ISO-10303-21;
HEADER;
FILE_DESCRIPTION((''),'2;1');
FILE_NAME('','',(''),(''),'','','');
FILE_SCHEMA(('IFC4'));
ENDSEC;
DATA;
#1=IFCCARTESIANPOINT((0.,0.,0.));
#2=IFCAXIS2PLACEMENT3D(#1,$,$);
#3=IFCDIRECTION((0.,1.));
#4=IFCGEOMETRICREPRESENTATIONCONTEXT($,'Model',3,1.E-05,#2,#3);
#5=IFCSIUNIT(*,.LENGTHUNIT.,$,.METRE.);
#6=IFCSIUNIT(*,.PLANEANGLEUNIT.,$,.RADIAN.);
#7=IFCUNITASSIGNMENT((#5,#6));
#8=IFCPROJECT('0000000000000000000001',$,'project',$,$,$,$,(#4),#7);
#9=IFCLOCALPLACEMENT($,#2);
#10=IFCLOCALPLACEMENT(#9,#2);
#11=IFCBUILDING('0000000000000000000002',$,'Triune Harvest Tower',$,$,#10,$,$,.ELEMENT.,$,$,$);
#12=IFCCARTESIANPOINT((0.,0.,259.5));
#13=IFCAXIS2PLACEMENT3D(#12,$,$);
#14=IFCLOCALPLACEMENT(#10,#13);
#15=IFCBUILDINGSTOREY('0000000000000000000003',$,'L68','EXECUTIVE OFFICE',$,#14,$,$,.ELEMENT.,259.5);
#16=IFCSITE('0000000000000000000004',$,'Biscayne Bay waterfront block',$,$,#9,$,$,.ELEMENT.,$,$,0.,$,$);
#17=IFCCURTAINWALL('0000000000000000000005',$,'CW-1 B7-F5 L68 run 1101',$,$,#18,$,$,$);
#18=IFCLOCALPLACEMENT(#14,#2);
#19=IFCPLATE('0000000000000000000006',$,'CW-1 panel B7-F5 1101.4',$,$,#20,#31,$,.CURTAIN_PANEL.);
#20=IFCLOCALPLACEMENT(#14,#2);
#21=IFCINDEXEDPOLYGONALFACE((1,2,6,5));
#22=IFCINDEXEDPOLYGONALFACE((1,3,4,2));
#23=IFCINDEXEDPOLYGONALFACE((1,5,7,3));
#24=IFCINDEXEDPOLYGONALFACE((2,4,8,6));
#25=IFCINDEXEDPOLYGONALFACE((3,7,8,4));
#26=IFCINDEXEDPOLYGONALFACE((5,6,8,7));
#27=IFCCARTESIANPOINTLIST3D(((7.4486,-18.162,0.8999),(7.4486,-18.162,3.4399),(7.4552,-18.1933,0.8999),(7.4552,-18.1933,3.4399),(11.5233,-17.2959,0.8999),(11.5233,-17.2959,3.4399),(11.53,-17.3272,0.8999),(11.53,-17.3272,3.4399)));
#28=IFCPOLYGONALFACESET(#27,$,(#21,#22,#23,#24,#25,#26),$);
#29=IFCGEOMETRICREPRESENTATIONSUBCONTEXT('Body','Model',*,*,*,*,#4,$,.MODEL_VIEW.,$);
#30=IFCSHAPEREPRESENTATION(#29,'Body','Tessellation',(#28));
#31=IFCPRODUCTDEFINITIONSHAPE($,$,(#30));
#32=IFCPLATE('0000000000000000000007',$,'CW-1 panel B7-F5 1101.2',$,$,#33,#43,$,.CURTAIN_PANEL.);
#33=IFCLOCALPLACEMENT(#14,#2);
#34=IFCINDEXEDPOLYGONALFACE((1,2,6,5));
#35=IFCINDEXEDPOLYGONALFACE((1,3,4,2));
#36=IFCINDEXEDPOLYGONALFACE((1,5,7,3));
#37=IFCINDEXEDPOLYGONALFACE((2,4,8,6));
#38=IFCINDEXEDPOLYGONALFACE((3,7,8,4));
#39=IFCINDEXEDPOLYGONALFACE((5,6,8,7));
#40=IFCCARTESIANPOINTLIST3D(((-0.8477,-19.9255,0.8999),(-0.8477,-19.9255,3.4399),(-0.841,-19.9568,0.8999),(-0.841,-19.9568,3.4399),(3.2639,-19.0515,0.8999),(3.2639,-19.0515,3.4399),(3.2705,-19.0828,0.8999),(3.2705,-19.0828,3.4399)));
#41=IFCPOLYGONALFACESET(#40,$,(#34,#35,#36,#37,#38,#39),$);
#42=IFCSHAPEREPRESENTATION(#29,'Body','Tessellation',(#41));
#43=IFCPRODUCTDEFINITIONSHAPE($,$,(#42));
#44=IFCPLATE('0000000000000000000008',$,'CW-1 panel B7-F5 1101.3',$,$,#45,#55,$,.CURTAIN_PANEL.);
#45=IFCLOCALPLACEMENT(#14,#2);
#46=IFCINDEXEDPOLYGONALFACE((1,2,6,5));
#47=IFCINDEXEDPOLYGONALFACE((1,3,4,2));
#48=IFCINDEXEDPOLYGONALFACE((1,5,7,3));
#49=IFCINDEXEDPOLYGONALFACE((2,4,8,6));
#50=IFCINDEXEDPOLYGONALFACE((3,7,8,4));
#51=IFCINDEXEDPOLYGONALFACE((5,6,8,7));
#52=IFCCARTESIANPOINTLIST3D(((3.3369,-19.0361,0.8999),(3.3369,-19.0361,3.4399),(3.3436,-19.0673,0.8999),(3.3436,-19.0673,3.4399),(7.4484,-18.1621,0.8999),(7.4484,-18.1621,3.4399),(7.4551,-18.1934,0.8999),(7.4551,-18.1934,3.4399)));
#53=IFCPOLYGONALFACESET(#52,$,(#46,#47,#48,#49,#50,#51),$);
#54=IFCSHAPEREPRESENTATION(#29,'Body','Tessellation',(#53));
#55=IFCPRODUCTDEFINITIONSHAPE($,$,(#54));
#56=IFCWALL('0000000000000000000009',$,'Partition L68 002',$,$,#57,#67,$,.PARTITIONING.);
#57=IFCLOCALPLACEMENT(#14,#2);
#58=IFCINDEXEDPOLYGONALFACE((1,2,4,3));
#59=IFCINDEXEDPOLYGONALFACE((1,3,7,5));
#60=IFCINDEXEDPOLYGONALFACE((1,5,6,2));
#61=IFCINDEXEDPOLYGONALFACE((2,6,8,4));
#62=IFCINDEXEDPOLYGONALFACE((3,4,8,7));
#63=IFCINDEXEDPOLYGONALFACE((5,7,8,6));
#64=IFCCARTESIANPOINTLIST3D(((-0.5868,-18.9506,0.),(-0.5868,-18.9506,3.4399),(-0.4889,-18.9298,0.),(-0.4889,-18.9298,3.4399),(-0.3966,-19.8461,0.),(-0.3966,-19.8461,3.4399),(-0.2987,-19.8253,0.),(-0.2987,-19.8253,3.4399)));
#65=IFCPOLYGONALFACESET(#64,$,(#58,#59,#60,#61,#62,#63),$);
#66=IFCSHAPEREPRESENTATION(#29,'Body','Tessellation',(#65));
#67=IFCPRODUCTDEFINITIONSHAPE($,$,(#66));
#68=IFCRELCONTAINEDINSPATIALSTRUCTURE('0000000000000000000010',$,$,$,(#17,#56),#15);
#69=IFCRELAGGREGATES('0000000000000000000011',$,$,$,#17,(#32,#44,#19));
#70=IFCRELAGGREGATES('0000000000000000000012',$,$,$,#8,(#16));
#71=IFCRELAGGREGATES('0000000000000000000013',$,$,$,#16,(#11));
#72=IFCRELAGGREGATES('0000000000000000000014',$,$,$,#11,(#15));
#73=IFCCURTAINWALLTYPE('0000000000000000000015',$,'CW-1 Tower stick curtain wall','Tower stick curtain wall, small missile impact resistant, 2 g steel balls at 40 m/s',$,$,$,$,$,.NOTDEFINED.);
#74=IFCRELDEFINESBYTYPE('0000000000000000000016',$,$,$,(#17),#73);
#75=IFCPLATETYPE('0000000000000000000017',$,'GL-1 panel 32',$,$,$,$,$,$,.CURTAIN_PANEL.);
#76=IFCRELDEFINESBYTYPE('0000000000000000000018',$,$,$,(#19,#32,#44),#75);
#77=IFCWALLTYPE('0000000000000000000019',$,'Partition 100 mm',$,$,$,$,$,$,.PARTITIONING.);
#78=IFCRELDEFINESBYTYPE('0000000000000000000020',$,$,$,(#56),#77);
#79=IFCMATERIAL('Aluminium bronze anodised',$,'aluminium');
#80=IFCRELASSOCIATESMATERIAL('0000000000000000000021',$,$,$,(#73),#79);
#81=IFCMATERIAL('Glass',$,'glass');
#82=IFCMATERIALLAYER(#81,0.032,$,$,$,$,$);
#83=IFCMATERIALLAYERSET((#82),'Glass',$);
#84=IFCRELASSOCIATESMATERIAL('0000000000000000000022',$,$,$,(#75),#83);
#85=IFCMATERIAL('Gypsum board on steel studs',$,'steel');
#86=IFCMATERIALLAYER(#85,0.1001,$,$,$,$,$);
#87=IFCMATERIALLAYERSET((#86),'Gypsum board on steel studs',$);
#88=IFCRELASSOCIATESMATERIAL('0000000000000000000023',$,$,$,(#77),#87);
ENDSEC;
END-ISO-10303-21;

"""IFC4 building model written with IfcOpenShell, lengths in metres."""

from ifc_helpers import new_model, si_unit, direction, frame, frame_2d, origin, origin_2d, place, context, subcontext, project, spatial, rectangle, extrude, source, transform, mapped, material, layer, layer_set, type_object, element, aggregate, save


model = new_model("IFC4")

# Units and contexts
model_context = context("Model", 3, precision=1e-05, world=origin(), true_north=direction((0.0, 1.0)))
body_context = subcontext(model_context, "Body", "Model", "MODEL_VIEW")
ifc_project = project(units=[si_unit("LENGTHUNIT", "METRE"), si_unit("PLANEANGLEUNIT", "RADIAN")], contexts=[model_context])

# Site, building, storey
site_placement = place(None, origin())
site = spatial("IfcSite", under=ifc_project, at=site_placement, Name="Biscayne Bay waterfront block", CompositionType="ELEMENT", RefElevation=0.0)
building_placement = place(site_placement, origin())
building = spatial("IfcBuilding", under=site, at=building_placement, Name="Triune Harvest Tower", CompositionType="ELEMENT")
storey_placement = place(building_placement, frame((0.0, 0.0, 259.5)))
storey = spatial("IfcBuildingStorey", under=building, at=storey_placement, Name="L68", Description="EXECUTIVE OFFICE", CompositionType="ELEMENT", Elevation=259.5)

# Curtain wall
ifc_material_1 = material(Name="Aluminium bronze anodised", Category="aluminium")
curtain_wall_type_1 = type_object("IfcCurtainWallType", Name="CW-1 Tower stick curtain wall", Description="Tower stick curtain wall, small missile impact resistant, 2 g steel balls at 40 m/s", PredefinedType="NOTDEFINED", material=ifc_material_1)
curtain_wall_1_placement = place(storey_placement, origin())
curtain_wall_1 = element("IfcCurtainWall", 1, at=curtain_wall_1_placement, inside=storey, type_object=curtain_wall_type_1, Name="CW-1 B7-F5 L68 run 1101")

# Plates
ifc_material_2 = material(Name="Glass", Category="glass")
ifc_layer_1 = layer(ifc_material_2, 0.032)
ifc_layer_set_1 = layer_set([ifc_layer_1], Name="Glass")
plate_type_1 = type_object("IfcPlateType", Name="GL-1 panel 32", PredefinedType="CURTAIN_PANEL", material=ifc_layer_set_1)
shared_shape_1 = source(origin(), body_context, "Body", "SweptSolid", [
    extrude(rectangle(XDim=4.1658, YDim=0.032, at=origin_2d()), origin(), (0.0, 0.0, 1.0), 2.54),
])
plate_1_placement = place(storey_placement, frame((9.4893, -17.7446, 0.8999), z_axis=(0.0, 0.0, 1.0), x_axis=(0.978148, 0.20791, 0.0)))
plate_1 = element("IfcPlate", 2, at=plate_1_placement, type_object=plate_type_1, Name="CW-1 panel B7-F5 1101.4", PredefinedType="CURTAIN_PANEL", context=body_context, shape_type="MappedRepresentation", body=[
    mapped(shared_shape_1, transform((0.0, 0.0, 0.0), scale=1.0)),
])
shared_shape_2 = source(origin(), body_context, "Body", "SweptSolid", [
    extrude(rectangle(XDim=4.2034, YDim=0.032, at=origin_2d()), origin(), (0.0, 0.0, 1.0), 2.54),
])
plate_2_placement = place(storey_placement, frame((1.2114, -19.5042, 0.8999), z_axis=(0.0, 0.0, 1.0), x_axis=(0.978148, 0.20791, 0.0)))
plate_2 = element("IfcPlate", 3, at=plate_2_placement, type_object=plate_type_1, Name="CW-1 panel B7-F5 1101.2", PredefinedType="CURTAIN_PANEL", context=body_context, shape_type="MappedRepresentation", body=[
    mapped(shared_shape_2, transform((0.0, 0.0, 0.0), scale=1.0)),
])
plate_3_placement = place(storey_placement, frame((5.396, -18.6147, 0.8999), z_axis=(0.0, 0.0, 1.0), x_axis=(0.978148, 0.20791, 0.0)))
plate_3 = element("IfcPlate", 4, at=plate_3_placement, type_object=plate_type_1, Name="CW-1 panel B7-F5 1101.3", PredefinedType="CURTAIN_PANEL", context=body_context, shape_type="MappedRepresentation", body=[
    mapped(shared_shape_2, transform((0.0, 0.0, 0.0), scale=1.0)),
])
aggregate(curtain_wall_1, [plate_2, plate_3, plate_1])

# Wall
ifc_material_3 = material(Name="Gypsum board on steel studs", Category="steel")
ifc_layer_2 = layer(ifc_material_3, 0.1001)
ifc_layer_set_2 = layer_set([ifc_layer_2], Name="Gypsum board on steel studs")
wall_type = type_object("IfcWallType", Name="Partition 100 mm", PredefinedType="PARTITIONING", material=ifc_layer_set_2)
shared_shape_3 = source(origin(), body_context, "Body", "SweptSolid", [
    extrude(rectangle(XDim=0.9155, YDim=0.1001, at=frame_2d((0.4578, 0.0))), origin(), (0.0, 0.0, 1.0), 3.4399),
])
wall_placement = place(storey_placement, frame((-0.5378, -18.9402, 0.0), z_axis=(0.0, 0.0, 1.0), x_axis=(0.207744, -0.978183, 0.0)))
element("IfcWall", 5, at=wall_placement, inside=storey, type_object=wall_type, Name="Partition L68 002", PredefinedType="PARTITIONING", context=body_context, shape_type="MappedRepresentation", body=[
    mapped(shared_shape_3, transform((0.0, 0.0, 0.0), scale=1.0)),
])

save(model, "model.ifc")
